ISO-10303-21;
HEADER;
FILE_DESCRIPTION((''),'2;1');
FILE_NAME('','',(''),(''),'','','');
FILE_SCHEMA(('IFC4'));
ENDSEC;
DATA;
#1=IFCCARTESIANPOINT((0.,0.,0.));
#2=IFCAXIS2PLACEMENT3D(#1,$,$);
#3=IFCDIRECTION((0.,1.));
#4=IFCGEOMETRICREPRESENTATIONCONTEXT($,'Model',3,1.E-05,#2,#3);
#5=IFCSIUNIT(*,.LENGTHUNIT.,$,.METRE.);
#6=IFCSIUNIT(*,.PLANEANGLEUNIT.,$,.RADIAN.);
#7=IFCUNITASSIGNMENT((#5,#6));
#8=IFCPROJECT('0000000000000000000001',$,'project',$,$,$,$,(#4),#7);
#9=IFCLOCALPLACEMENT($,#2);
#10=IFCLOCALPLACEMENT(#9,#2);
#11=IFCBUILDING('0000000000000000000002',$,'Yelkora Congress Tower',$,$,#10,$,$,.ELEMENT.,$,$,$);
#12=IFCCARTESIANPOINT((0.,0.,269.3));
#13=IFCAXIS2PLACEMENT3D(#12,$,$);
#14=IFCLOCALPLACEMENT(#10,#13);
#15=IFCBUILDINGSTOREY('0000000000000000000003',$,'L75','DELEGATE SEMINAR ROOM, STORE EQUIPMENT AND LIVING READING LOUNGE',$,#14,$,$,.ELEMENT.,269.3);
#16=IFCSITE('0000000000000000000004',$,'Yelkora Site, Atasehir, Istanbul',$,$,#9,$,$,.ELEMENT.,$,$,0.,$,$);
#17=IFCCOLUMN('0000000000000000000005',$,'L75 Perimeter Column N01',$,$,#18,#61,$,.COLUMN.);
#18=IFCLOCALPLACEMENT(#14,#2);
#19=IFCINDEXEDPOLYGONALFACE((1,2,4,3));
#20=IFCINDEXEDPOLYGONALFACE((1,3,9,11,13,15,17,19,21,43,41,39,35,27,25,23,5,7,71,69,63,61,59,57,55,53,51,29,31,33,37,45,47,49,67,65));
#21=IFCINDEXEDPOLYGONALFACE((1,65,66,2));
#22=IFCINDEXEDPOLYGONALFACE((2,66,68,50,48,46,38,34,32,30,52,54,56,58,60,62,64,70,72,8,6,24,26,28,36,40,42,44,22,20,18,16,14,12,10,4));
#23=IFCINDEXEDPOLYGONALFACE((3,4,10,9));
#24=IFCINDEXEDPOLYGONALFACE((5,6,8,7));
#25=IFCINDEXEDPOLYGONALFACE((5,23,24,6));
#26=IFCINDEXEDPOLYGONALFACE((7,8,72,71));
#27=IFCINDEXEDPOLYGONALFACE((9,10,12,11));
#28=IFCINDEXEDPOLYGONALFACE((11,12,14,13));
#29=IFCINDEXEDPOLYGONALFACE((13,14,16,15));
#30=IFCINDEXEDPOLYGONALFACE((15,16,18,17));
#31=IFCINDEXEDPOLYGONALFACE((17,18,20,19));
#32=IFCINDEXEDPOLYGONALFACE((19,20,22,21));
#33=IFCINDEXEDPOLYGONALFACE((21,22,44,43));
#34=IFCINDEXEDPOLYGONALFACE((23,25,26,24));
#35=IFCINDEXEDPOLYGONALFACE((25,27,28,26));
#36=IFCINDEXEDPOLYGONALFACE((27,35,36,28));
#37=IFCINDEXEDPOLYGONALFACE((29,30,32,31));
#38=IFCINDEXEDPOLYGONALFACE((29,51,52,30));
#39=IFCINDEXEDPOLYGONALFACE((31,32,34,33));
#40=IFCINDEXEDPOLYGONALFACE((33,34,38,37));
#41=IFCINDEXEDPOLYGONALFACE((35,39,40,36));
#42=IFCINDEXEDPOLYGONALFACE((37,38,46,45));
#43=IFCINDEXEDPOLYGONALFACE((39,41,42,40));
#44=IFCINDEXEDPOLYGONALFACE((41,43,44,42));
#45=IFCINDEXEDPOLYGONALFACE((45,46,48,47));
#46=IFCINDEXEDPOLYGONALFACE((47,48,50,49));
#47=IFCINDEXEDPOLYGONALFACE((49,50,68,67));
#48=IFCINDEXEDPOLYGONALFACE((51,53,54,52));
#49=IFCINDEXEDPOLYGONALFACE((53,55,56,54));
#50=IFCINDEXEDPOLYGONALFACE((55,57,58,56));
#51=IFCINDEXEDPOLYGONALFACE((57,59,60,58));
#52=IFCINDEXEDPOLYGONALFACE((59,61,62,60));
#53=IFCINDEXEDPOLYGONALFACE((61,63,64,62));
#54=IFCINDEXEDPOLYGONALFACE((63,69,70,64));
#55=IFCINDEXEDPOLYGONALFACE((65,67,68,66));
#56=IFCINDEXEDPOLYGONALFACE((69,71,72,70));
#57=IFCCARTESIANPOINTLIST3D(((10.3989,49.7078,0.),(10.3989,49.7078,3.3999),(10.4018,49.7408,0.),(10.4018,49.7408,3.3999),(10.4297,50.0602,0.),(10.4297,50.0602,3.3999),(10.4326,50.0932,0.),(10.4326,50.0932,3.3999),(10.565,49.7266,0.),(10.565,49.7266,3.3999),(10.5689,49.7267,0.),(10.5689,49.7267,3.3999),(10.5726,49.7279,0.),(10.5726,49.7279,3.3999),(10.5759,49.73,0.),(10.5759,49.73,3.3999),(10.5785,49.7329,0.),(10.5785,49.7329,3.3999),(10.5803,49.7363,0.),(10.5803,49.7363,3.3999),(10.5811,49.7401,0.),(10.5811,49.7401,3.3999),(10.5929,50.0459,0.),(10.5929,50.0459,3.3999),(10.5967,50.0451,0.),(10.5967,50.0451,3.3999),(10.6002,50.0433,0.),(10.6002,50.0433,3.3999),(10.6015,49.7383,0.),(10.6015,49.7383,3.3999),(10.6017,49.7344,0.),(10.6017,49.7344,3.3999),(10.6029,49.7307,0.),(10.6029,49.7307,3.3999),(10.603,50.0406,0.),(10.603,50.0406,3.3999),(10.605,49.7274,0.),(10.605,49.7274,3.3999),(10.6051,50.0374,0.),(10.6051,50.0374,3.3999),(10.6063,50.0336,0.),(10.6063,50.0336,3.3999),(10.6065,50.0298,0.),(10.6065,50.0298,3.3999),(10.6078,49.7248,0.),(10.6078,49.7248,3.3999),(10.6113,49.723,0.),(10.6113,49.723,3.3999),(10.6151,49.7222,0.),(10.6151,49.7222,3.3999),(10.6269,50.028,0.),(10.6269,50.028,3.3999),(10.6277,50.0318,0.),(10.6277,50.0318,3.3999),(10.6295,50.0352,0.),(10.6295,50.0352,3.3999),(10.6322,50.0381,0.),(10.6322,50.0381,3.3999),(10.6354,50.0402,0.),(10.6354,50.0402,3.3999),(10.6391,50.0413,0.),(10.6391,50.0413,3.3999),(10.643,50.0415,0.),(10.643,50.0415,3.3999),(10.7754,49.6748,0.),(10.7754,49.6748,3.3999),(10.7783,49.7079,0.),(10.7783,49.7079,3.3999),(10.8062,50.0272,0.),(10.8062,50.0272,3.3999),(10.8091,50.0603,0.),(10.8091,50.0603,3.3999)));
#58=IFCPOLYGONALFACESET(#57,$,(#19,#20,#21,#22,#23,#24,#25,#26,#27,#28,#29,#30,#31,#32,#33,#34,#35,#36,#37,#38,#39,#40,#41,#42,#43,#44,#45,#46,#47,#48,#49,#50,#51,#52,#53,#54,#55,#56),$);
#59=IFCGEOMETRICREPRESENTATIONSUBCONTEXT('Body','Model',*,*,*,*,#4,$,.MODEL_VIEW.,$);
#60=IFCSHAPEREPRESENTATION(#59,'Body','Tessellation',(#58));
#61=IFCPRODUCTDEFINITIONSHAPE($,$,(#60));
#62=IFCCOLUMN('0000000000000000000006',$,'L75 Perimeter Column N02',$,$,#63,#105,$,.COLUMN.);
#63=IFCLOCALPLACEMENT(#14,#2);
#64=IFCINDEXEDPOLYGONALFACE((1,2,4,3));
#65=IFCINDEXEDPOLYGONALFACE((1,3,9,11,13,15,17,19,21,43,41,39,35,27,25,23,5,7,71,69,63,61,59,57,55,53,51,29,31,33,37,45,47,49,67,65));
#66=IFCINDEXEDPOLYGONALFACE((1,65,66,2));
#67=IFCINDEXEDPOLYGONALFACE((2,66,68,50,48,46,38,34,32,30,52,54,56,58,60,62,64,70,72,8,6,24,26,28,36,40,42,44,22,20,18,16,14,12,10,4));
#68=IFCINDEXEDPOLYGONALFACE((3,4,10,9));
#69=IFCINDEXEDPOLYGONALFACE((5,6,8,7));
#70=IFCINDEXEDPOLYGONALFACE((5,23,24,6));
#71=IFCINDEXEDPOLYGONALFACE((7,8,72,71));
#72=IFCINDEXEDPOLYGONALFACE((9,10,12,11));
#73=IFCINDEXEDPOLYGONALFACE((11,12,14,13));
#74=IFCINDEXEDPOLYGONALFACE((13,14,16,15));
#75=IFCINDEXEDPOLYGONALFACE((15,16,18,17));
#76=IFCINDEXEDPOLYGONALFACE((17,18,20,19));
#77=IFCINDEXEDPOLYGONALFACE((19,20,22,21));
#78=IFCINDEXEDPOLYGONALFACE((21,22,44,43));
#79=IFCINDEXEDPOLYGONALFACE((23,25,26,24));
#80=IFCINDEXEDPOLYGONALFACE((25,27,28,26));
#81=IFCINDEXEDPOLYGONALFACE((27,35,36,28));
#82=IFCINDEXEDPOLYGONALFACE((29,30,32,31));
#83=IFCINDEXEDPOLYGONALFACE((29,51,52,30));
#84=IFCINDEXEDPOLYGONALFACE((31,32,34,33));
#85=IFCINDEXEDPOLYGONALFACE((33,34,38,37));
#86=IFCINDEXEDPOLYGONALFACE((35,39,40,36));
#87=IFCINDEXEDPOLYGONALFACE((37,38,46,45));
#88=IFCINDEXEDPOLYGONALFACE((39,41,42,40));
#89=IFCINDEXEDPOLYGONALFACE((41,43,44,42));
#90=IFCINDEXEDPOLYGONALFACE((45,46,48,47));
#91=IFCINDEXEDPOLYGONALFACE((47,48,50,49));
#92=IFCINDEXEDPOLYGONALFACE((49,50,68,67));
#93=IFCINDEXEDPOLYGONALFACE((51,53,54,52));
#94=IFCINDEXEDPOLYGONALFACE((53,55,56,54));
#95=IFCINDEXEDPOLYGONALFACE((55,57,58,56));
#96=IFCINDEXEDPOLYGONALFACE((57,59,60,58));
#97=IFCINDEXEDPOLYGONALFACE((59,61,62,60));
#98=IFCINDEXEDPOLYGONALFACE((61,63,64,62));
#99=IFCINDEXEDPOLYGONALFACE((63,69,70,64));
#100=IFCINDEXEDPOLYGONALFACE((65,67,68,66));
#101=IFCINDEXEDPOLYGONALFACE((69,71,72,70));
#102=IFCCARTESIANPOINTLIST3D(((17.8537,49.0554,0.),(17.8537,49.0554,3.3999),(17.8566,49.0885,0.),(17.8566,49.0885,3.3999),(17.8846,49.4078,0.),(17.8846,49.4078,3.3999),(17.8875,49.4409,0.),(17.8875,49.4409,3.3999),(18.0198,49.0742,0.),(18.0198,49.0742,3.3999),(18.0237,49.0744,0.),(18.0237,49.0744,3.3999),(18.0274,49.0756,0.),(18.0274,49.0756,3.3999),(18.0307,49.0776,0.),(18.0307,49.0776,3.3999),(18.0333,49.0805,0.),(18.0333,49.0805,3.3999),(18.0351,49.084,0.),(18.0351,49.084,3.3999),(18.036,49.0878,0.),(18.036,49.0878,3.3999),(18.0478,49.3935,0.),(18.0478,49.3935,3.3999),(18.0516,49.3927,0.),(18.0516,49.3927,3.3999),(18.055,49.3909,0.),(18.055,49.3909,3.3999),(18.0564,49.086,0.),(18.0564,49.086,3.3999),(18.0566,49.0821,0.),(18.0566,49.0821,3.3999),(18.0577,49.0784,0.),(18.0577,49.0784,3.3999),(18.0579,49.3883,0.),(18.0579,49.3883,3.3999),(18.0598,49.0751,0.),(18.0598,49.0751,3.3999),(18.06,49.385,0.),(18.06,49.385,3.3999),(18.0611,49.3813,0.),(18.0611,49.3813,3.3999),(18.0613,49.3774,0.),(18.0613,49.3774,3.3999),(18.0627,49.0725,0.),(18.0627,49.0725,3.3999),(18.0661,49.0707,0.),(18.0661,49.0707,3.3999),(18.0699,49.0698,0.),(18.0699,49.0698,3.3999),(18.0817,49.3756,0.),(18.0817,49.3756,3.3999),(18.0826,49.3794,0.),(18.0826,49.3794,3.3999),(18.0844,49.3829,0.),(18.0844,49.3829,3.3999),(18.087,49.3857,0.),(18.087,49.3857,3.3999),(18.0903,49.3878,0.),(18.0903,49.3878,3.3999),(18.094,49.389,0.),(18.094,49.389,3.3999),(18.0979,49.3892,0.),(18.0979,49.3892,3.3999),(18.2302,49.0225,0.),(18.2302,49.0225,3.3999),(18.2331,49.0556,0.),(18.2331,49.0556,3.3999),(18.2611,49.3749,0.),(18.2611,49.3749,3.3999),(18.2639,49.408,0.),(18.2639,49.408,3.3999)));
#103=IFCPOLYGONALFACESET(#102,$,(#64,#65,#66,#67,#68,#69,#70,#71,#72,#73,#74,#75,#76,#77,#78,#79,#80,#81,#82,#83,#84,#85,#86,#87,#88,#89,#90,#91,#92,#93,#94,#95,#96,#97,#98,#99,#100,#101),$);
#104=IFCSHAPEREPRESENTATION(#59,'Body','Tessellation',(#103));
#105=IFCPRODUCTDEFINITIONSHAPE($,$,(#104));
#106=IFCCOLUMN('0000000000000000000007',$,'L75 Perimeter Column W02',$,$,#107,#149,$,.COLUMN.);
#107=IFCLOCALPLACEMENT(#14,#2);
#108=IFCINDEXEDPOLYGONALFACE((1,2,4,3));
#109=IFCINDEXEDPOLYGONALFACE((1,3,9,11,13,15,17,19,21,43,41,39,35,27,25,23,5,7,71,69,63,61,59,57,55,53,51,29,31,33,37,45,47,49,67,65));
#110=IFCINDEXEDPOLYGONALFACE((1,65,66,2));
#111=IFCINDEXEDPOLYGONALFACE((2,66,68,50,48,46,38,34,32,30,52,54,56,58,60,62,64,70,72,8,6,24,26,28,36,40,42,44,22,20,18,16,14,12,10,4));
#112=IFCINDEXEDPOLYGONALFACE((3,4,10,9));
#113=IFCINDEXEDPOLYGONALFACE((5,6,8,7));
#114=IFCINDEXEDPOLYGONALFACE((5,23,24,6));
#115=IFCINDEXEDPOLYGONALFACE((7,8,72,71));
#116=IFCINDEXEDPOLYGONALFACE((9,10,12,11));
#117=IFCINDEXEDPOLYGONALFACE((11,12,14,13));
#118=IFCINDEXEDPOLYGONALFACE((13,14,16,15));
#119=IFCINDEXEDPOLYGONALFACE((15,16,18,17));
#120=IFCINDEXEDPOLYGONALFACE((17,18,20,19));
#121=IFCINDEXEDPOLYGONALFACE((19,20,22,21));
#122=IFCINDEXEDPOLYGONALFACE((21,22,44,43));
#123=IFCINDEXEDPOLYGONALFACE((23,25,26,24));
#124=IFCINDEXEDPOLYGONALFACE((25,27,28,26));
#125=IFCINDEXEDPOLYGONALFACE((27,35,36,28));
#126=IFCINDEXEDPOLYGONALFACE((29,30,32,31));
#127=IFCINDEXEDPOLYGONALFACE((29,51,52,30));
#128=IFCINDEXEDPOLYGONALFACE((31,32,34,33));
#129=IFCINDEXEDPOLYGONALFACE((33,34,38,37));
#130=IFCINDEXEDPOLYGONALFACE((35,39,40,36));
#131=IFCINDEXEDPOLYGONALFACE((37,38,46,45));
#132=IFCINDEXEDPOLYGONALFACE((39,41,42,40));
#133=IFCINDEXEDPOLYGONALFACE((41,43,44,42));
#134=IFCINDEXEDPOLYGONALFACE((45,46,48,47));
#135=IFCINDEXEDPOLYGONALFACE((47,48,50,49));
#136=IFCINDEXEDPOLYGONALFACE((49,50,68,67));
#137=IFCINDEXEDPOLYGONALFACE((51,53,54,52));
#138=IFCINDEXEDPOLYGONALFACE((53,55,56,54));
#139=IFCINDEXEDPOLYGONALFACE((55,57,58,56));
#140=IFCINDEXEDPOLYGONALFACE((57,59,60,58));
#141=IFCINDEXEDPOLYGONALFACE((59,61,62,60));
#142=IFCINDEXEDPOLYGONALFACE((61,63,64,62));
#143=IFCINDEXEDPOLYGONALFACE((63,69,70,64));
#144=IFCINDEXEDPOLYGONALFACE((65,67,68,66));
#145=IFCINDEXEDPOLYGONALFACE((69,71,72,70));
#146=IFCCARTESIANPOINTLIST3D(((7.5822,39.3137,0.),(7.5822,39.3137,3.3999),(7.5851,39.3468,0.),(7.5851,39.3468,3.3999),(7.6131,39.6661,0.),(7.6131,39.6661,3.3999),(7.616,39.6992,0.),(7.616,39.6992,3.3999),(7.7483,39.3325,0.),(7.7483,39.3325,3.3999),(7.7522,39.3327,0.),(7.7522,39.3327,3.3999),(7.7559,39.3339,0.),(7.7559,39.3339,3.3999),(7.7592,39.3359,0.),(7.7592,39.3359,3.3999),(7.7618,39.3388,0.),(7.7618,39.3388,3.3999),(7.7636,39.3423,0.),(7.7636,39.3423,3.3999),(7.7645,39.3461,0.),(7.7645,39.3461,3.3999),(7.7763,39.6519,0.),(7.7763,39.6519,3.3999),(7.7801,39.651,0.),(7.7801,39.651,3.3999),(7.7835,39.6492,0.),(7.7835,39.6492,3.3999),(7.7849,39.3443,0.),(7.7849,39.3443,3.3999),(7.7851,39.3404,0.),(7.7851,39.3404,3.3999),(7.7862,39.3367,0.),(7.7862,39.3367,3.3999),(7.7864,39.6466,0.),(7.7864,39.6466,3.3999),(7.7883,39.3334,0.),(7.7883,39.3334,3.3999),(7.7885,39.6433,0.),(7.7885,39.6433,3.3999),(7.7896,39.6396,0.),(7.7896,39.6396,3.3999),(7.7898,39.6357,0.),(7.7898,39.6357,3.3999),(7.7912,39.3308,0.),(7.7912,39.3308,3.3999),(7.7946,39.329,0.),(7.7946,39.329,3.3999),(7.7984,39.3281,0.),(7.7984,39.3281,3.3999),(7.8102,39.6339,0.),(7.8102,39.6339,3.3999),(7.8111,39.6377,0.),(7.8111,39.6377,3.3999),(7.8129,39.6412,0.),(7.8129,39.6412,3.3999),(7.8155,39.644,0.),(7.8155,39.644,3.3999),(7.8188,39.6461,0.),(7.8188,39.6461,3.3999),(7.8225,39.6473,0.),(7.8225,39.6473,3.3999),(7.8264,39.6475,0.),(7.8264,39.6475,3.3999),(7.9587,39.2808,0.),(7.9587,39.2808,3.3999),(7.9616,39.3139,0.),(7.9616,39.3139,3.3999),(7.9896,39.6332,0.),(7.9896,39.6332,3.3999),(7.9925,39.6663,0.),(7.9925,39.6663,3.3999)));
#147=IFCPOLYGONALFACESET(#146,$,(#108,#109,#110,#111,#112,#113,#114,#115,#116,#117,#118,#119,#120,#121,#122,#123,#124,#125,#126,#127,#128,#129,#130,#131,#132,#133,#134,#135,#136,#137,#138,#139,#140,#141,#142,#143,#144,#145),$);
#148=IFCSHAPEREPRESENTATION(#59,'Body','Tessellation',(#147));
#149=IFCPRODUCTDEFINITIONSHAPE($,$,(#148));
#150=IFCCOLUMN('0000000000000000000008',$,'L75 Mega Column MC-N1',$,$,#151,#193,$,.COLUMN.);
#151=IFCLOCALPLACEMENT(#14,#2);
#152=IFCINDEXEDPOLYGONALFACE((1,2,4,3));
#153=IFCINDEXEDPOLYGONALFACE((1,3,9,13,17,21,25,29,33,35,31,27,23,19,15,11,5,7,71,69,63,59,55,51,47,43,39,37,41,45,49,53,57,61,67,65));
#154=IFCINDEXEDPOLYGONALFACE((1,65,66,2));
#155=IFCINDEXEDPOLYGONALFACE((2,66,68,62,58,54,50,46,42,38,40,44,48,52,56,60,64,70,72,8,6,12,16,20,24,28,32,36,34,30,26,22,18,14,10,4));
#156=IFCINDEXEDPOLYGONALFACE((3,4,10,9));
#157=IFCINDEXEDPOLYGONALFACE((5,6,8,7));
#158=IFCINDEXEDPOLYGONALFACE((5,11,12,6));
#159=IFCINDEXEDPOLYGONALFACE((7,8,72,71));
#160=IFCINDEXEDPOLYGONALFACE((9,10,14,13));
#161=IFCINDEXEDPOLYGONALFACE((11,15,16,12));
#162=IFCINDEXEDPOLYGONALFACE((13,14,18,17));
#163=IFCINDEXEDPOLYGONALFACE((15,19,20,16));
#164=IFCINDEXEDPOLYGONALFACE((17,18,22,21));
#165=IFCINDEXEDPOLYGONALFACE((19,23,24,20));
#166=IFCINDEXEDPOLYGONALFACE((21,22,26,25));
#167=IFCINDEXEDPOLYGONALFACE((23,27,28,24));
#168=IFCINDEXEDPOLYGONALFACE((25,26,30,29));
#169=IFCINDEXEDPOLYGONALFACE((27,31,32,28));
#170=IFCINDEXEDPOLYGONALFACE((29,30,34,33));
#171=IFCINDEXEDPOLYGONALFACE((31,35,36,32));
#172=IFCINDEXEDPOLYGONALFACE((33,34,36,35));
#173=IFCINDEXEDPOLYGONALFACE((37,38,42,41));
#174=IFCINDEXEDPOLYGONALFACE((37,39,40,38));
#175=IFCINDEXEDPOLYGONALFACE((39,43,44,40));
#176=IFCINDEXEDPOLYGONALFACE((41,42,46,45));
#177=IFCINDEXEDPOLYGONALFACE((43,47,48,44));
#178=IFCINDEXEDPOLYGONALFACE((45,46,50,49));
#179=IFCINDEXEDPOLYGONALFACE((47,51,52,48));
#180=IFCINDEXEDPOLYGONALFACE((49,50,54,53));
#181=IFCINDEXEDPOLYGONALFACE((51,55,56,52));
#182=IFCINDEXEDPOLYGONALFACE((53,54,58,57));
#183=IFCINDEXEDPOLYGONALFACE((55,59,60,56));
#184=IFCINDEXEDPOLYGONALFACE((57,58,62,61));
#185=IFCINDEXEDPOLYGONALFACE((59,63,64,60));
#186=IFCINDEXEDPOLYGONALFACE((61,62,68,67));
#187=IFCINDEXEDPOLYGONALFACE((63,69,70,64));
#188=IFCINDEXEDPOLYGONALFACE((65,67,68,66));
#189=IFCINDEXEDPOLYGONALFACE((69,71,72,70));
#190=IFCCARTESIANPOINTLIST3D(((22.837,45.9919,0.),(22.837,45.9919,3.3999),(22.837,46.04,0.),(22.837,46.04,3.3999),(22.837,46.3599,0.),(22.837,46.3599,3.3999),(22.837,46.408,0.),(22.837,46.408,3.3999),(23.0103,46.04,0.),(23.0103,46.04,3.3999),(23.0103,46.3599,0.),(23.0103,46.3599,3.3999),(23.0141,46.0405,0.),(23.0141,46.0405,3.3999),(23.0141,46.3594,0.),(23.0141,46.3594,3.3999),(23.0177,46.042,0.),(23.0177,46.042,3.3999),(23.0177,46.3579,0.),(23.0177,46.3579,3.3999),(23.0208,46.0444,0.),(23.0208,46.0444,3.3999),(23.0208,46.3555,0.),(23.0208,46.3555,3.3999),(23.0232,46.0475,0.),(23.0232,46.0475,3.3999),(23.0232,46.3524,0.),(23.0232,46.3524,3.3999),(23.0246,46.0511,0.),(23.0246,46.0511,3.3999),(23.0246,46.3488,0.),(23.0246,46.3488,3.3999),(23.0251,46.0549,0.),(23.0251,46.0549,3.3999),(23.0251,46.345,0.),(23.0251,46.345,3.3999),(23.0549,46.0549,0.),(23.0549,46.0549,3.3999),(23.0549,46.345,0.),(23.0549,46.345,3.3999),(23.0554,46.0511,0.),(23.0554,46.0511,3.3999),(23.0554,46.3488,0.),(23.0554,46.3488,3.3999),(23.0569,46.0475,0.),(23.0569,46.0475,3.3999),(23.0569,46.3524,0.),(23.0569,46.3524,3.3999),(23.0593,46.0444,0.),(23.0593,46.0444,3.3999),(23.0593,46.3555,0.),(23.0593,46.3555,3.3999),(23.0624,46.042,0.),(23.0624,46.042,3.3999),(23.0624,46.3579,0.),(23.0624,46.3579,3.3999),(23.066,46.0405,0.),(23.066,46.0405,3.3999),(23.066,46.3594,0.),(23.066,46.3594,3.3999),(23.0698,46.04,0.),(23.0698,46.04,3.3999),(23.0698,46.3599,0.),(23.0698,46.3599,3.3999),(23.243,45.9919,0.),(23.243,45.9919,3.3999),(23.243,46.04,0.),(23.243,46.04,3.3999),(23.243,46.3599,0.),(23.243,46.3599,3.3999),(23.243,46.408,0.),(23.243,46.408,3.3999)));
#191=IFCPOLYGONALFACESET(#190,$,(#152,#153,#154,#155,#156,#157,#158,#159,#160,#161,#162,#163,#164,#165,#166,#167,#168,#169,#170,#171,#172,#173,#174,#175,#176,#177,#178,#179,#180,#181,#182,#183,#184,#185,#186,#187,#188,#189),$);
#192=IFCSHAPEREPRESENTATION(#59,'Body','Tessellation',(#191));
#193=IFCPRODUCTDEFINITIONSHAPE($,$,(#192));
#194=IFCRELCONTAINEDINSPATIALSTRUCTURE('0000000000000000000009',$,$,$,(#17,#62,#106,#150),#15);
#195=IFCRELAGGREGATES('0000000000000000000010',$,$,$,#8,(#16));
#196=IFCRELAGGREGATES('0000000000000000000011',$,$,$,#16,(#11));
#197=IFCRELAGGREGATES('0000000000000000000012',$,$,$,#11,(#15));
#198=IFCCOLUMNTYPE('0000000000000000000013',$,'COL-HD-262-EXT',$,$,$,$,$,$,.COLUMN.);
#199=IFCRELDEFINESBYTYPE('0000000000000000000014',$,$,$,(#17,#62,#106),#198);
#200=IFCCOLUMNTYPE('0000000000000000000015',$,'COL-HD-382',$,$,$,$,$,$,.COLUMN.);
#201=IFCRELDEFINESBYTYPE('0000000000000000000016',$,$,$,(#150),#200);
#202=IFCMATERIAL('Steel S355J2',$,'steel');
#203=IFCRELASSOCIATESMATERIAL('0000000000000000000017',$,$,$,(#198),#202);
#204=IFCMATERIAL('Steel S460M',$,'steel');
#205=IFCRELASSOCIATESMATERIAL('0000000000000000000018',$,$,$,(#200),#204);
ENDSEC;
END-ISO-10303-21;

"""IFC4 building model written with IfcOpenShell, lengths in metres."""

from ifc_helpers import new_model, si_unit, direction, frame, origin, origin_2d, place, context, subcontext, project, spatial, i_section, extrude, material, material_profile, profile_set, type_object, element, save


model = new_model("IFC4")

# Units and contexts
model_context = context("Model", 3, precision=1e-05, world=origin(), true_north=direction((0.0, 1.0)))
body_context = subcontext(model_context, "Body", "Model", "MODEL_VIEW")
ifc_project = project(units=[si_unit("LENGTHUNIT", "METRE"), si_unit("PLANEANGLEUNIT", "RADIAN")], contexts=[model_context])

# Site, building, storey
site_placement = place(None, origin())
site = spatial("IfcSite", under=ifc_project, at=site_placement, Name="Yelkora Site, Atasehir, Istanbul", CompositionType="ELEMENT", RefElevation=0.0)
building_placement = place(site_placement, origin())
building = spatial("IfcBuilding", under=site, at=building_placement, Name="Yelkora Congress Tower", CompositionType="ELEMENT")
storey_placement = place(building_placement, frame((0.0, 0.0, 269.3)))
storey = spatial("IfcBuildingStorey", under=building, at=storey_placement, Name="L75", Description="DELEGATE SEMINAR ROOM, STORE EQUIPMENT AND LIVING READING LOUNGE", CompositionType="ELEMENT", Elevation=269.3)

# Columns
ifc_material_1 = material(Name="Steel S355J2", Category="steel")
ifc_material_profile_1 = material_profile(ifc_material_1, i_section(OverallWidth=0.3779, OverallDepth=0.387, WebThickness=0.0205, FlangeThickness=0.0332, FilletRadius=0.0149, at=origin_2d()), Name="HD 360x262")
ifc_profile_set_1 = profile_set([ifc_material_profile_1], Name="Steel S355J2")
column_type_1 = type_object("IfcColumnType", Name="COL-HD-262-EXT", PredefinedType="COLUMN", material=ifc_profile_set_1)
for number, where, z_axis, x_axis, name in (
    (1, (10.604, 49.884, 0.0), (0.0, 0.0, 1.0), (0.996195, -0.087156, 0.0), "L75 Perimeter Column N01"),
    (2, (18.0588, 49.2317, 0.0), (0.0, 0.0, 1.0), (0.996195, -0.087156, 0.0), "L75 Perimeter Column N02"),
    (3, (7.7874, 39.49, 0.0), (0.0, 0.0, 1.0), (0.996195, -0.087156, 0.0), "L75 Perimeter Column W02"),
):
    element("IfcColumn", number, at=place(storey_placement, frame(where, z_axis=z_axis, x_axis=x_axis)), inside=storey, type_object=column_type_1, Name=name, PredefinedType="COLUMN", context=body_context, shape_type="SweptSolid", body=[
        extrude(i_section(OverallWidth=0.3779, OverallDepth=0.387, WebThickness=0.0205, FlangeThickness=0.0332, FilletRadius=0.0149, at=origin_2d()), origin(), (0.0, 0.0, 1.0), 3.3999),
    ])
ifc_material_2 = material(Name="Steel S460M", Category="steel")
ifc_material_profile_2 = material_profile(ifc_material_2, i_section(OverallWidth=0.406, OverallDepth=0.416, WebThickness=0.0298, FlangeThickness=0.0481, FilletRadius=0.0149, at=origin_2d()), Name="HD 400x382")
ifc_profile_set_2 = profile_set([ifc_material_profile_2], Name="Steel S460M")
column_type_2 = type_object("IfcColumnType", Name="COL-HD-382", PredefinedType="COLUMN", material=ifc_profile_set_2)
column_placement = place(storey_placement, frame((23.04, 46.2, 0.0), z_axis=(0.0, 0.0, 1.0), x_axis=(1.0, 0.0, 0.0)))
element("IfcColumn", 4, at=column_placement, inside=storey, type_object=column_type_2, Name="L75 Mega Column MC-N1", PredefinedType="COLUMN", context=body_context, shape_type="SweptSolid", body=[
    extrude(i_section(OverallWidth=0.406, OverallDepth=0.416, WebThickness=0.0298, FlangeThickness=0.0481, FilletRadius=0.0149, at=origin_2d()), origin(), (0.0, 0.0, 1.0), 3.3999),
])

save(model, "model.ifc")
